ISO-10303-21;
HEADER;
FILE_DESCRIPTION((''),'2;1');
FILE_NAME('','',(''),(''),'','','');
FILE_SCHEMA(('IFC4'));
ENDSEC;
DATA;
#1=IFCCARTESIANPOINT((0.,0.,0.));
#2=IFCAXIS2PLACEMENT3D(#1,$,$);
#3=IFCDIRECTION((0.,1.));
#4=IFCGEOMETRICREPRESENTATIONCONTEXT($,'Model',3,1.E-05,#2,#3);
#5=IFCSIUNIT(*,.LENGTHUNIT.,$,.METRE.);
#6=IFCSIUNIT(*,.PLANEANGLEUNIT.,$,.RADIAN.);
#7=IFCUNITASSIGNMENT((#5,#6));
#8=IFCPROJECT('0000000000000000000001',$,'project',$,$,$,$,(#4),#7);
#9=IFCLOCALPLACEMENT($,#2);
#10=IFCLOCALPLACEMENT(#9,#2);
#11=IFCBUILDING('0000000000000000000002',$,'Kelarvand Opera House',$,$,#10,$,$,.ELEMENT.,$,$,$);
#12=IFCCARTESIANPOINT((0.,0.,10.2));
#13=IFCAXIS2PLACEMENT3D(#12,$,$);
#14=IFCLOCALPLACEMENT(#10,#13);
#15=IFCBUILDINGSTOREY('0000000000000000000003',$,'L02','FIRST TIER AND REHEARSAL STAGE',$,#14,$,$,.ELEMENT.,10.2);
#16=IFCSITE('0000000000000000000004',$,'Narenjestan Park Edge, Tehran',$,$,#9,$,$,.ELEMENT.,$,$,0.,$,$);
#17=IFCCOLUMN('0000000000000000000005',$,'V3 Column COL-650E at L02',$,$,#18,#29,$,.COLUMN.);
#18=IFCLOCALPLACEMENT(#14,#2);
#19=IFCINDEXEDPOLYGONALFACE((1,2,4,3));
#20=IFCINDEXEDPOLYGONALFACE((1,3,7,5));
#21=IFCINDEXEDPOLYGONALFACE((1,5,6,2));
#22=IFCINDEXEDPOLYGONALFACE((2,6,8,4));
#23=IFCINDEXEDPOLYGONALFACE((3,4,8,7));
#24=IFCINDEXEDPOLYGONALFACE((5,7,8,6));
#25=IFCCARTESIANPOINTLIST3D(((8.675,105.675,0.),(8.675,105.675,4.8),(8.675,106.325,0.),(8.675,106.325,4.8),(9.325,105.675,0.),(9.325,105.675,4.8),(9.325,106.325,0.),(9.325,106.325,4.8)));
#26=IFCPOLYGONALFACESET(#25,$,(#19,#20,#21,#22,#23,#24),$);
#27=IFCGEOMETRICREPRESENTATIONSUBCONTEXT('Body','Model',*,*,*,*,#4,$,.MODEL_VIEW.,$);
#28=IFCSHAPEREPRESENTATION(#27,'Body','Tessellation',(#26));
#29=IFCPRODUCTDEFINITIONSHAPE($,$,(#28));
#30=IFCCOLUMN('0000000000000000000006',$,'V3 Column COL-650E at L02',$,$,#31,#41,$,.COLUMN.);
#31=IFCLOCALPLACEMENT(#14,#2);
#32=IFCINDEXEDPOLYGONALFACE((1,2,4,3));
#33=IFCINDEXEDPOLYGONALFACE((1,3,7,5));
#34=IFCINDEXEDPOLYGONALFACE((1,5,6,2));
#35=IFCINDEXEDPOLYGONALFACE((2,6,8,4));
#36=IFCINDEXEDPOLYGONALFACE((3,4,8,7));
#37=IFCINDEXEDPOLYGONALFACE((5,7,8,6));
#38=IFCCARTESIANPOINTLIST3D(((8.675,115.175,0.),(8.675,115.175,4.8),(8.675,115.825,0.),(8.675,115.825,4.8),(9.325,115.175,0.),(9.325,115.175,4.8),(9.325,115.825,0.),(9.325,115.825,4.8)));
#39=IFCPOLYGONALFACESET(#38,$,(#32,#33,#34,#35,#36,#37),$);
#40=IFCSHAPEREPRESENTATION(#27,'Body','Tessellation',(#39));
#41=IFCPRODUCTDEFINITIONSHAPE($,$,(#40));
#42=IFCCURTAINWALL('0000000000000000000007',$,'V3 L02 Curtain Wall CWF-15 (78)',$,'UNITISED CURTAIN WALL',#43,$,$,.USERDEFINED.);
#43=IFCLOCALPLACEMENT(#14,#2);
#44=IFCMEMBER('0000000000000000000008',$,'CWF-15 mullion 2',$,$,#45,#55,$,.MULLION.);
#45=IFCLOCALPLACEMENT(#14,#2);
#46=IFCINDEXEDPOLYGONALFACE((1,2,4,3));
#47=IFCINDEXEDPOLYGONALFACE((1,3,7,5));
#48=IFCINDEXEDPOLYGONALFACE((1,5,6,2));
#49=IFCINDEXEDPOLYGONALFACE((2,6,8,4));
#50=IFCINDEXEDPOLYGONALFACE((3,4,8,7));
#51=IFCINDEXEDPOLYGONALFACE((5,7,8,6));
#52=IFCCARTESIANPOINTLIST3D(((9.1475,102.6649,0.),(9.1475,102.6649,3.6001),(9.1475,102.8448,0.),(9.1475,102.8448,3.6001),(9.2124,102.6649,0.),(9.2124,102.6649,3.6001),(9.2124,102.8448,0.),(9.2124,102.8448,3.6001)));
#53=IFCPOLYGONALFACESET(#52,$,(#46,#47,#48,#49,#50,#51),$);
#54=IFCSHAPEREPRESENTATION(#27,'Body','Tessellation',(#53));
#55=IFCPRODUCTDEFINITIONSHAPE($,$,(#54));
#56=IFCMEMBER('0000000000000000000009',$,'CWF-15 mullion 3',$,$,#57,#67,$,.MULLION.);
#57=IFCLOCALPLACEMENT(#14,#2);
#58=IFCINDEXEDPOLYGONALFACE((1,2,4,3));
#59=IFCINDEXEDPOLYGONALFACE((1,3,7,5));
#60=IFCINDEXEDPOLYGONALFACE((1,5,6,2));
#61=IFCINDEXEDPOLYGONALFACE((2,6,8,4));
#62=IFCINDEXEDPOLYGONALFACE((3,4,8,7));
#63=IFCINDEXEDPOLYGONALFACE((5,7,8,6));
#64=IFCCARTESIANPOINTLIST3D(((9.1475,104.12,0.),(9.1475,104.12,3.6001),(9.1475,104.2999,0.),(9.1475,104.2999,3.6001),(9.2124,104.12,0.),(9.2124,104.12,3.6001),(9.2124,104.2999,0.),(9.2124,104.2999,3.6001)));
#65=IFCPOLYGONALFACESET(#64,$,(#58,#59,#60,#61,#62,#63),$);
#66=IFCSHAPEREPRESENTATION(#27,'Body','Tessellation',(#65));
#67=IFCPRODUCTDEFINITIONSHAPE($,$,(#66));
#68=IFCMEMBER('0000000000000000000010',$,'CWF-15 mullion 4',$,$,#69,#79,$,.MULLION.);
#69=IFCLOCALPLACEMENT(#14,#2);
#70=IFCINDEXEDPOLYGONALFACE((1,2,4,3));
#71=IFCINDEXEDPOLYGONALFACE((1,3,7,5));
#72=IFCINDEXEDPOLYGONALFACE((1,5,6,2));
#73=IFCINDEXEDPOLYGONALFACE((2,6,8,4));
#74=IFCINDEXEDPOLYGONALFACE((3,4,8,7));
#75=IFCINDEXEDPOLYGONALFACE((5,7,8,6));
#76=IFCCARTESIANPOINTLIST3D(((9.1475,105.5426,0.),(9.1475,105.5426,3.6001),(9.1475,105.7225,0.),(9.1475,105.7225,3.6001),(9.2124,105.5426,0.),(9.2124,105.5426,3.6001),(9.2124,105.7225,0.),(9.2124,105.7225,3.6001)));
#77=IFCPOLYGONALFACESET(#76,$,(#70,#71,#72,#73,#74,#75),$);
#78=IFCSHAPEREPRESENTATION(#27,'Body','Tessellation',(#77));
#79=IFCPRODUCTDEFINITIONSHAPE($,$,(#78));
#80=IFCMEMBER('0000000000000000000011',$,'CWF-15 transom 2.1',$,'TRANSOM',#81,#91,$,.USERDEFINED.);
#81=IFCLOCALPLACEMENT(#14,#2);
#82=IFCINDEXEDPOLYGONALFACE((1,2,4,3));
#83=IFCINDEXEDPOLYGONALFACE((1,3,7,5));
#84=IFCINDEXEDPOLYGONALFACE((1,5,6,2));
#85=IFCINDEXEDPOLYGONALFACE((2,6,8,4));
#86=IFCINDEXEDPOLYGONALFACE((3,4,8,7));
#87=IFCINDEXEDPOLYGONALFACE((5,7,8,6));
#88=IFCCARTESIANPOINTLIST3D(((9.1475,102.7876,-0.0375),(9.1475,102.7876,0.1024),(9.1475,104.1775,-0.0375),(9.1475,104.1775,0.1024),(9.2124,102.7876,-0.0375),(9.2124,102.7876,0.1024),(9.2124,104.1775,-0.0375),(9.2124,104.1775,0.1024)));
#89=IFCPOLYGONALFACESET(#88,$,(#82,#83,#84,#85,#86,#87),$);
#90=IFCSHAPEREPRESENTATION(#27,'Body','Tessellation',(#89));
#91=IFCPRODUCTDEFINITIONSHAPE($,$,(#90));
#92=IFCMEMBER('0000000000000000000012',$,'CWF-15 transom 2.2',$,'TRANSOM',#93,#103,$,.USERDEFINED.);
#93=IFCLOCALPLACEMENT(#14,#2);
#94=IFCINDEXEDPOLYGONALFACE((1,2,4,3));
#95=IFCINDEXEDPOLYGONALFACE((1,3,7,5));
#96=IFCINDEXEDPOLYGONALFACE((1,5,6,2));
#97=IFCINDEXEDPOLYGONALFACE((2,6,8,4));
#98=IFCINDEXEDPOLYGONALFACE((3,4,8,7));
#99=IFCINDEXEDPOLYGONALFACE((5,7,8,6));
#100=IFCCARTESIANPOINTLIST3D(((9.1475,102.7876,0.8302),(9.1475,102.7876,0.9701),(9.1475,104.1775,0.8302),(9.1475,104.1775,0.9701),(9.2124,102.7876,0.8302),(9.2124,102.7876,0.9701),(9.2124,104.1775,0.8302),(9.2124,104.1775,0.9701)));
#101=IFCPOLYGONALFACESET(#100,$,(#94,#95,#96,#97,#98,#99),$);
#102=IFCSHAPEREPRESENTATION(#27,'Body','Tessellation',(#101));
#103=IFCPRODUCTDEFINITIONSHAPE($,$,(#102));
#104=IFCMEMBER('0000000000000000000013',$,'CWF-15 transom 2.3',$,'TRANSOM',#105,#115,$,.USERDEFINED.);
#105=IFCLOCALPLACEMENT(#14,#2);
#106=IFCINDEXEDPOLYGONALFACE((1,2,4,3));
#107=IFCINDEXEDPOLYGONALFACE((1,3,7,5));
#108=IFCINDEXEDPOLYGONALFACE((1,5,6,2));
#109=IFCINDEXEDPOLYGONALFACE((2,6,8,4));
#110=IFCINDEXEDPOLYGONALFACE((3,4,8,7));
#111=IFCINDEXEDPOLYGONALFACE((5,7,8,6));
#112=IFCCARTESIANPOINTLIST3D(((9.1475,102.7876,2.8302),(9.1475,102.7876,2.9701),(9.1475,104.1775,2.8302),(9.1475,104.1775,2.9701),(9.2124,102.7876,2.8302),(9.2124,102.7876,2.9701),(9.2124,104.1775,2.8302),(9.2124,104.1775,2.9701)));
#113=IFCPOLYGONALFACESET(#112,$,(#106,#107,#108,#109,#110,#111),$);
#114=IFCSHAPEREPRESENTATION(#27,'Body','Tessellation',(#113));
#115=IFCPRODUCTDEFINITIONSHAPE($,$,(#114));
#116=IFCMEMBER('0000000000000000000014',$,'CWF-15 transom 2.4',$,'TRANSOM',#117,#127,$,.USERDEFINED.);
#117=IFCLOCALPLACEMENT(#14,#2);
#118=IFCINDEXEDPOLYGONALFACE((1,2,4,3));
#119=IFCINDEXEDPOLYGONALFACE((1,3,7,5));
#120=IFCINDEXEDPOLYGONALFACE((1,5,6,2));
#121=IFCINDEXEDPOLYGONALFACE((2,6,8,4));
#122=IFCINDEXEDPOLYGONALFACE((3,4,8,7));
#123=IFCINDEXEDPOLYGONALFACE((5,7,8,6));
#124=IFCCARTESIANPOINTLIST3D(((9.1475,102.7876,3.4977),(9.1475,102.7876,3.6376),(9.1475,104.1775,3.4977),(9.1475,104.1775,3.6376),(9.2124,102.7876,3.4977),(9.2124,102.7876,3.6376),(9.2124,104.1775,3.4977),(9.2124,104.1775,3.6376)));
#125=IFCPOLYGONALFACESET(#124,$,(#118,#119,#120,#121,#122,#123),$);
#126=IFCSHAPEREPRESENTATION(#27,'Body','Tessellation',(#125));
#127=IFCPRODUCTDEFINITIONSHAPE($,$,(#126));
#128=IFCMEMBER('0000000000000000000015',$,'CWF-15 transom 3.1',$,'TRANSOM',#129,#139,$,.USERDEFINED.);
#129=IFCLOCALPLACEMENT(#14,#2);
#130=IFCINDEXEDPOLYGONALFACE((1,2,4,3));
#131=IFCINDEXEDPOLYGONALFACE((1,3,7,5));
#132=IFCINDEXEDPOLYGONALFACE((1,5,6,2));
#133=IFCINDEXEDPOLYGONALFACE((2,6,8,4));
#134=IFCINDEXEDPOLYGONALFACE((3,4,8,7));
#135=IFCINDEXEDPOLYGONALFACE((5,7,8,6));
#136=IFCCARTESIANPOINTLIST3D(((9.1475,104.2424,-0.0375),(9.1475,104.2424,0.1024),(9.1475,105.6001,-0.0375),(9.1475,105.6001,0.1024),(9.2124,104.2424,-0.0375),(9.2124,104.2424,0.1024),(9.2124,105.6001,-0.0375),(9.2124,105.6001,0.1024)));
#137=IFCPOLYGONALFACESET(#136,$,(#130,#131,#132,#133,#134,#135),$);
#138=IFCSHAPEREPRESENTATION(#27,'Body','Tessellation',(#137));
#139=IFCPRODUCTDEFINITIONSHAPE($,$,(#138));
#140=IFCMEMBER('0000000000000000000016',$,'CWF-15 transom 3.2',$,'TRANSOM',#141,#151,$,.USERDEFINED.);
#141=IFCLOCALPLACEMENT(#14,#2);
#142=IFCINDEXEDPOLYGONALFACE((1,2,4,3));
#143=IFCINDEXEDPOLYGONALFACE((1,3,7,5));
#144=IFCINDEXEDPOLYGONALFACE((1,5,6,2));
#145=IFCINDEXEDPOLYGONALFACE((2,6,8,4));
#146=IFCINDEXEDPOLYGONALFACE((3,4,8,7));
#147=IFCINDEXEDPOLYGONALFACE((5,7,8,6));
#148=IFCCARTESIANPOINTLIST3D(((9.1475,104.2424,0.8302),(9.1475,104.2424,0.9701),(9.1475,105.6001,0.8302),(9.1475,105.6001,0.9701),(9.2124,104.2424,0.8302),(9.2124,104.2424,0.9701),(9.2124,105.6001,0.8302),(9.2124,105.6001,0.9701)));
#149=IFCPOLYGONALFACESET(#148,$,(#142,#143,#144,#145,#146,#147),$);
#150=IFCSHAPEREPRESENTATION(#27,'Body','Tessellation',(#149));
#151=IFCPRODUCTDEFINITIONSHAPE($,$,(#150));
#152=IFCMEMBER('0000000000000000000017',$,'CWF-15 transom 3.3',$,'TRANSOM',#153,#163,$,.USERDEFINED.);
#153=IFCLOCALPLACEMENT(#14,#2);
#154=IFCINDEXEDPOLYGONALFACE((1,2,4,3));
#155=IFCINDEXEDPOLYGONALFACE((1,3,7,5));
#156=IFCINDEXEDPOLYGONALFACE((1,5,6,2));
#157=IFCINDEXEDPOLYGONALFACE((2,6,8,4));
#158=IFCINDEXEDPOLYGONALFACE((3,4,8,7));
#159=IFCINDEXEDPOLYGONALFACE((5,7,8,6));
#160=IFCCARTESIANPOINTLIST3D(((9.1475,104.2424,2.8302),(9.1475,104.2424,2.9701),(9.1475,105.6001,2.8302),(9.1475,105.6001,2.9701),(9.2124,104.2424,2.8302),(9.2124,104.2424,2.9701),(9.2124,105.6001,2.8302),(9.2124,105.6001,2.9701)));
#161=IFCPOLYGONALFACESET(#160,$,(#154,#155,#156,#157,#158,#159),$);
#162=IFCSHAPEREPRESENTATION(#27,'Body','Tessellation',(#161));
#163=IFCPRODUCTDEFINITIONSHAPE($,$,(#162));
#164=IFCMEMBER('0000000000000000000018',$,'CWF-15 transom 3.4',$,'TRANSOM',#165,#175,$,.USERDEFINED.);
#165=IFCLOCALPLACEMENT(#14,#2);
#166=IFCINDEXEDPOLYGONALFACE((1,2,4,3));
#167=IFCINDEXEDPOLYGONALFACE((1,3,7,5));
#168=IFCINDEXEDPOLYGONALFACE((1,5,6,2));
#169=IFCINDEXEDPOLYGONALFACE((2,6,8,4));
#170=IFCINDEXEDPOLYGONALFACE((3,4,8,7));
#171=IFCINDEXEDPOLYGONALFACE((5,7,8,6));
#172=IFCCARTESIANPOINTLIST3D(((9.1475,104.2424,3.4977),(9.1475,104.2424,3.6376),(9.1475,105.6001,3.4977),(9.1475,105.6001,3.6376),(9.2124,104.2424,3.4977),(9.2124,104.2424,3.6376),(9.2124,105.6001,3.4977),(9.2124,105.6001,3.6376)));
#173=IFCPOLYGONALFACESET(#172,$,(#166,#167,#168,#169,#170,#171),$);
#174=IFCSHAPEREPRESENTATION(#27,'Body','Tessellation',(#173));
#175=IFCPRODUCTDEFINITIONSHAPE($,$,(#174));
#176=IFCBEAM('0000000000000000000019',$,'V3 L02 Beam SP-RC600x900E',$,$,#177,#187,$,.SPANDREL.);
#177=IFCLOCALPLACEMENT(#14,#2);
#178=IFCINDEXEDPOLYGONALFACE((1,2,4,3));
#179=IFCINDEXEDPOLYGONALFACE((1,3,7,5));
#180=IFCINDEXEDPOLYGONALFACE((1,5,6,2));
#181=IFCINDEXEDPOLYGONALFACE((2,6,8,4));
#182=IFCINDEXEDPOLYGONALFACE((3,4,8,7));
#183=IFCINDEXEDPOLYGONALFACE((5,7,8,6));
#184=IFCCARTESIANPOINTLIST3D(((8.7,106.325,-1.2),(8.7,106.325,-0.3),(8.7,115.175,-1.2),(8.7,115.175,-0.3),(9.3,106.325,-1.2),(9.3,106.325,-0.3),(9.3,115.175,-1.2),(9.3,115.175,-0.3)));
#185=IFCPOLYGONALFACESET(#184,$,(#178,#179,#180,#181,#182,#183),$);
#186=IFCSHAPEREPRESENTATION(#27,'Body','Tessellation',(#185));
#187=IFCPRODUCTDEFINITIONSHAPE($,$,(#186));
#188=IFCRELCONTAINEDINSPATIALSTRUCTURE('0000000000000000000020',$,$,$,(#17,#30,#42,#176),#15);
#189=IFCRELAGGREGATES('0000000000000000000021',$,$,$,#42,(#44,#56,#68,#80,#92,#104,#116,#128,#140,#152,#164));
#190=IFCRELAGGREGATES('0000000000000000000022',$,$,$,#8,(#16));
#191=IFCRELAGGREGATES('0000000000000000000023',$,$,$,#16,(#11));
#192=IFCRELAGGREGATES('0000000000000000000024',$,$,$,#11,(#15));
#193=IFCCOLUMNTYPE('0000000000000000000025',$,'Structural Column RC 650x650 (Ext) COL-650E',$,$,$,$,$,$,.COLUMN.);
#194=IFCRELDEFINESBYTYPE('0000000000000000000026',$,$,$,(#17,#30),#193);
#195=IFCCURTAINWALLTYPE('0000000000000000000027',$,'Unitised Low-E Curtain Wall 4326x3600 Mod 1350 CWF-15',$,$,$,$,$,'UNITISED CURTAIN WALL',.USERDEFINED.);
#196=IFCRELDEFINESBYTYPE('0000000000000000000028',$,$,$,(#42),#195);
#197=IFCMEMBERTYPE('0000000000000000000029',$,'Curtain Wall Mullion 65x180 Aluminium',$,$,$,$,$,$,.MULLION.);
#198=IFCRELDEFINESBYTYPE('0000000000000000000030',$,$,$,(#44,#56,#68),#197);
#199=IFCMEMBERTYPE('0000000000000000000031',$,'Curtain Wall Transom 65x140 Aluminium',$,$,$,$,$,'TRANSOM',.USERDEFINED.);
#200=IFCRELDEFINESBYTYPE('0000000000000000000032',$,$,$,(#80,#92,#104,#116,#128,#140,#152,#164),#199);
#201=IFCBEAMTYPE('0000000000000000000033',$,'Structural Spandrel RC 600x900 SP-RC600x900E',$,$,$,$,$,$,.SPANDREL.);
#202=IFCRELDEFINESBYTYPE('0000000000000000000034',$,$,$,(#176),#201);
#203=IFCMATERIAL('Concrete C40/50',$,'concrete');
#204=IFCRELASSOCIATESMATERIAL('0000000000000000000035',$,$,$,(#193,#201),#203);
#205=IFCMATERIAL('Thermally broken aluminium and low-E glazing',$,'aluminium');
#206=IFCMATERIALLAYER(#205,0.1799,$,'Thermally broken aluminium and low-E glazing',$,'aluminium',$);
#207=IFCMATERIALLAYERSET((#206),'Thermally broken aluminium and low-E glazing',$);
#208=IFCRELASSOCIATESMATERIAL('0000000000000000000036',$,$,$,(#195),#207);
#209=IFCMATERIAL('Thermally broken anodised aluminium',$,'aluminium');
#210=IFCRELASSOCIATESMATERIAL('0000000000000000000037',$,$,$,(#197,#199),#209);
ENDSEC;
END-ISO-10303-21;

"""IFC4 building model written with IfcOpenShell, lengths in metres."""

from ifc_helpers import new_model, si_unit, direction, frame, origin, origin_2d, place, context, subcontext, project, spatial, rectangle, extrude, material, layer, layer_set, material_profile, profile_set, type_object, element, aggregate, save


model = new_model("IFC4")

# Units and contexts
model_context = context("Model", 3, precision=1e-05, world=origin(), true_north=direction((0.0, 1.0)))
body_context = subcontext(model_context, "Body", "Model", "MODEL_VIEW")
ifc_project = project(units=[si_unit("LENGTHUNIT", "METRE"), si_unit("PLANEANGLEUNIT", "RADIAN")], contexts=[model_context])

# Site, building, storey
site_placement = place(None, origin())
site = spatial("IfcSite", under=ifc_project, at=site_placement, Name="Narenjestan Park Edge, Tehran", CompositionType="ELEMENT", RefElevation=0.0)
building_placement = place(site_placement, origin())
building = spatial("IfcBuilding", under=site, at=building_placement, Name="Kelarvand Opera House", CompositionType="ELEMENT")
storey_placement = place(building_placement, frame((0.0, 0.0, 10.2)))
storey = spatial("IfcBuildingStorey", under=building, at=storey_placement, Name="L02", Description="FIRST TIER AND REHEARSAL STAGE", CompositionType="ELEMENT", Elevation=10.2)

# Columns
ifc_material_1 = material(Name="Concrete C40/50", Category="concrete")
ifc_material_profile_1 = material_profile(ifc_material_1, rectangle(XDim=0.6499, YDim=0.6499, at=origin_2d()), Name="RC 650x650", Category="concrete")
ifc_profile_set_1 = profile_set([ifc_material_profile_1], Name="Concrete C40/50")
column_type = type_object("IfcColumnType", Name="Structural Column RC 650x650 (Ext) COL-650E", PredefinedType="COLUMN", material=ifc_profile_set_1)
for number, where, z_axis, x_axis, name in (
    (1, (9.0, 106.0, 0.0), (0.0, 0.0, 1.0), (1.0, 0.0, 0.0), "V3 Column COL-650E at L02"),
    (2, (9.0, 115.5, 0.0), (0.0, 0.0, 1.0), (1.0, 0.0, 0.0), "V3 Column COL-650E at L02"),
):
    element("IfcColumn", number, at=place(storey_placement, frame(where, z_axis=z_axis, x_axis=x_axis)), inside=storey, type_object=column_type, Name=name, PredefinedType="COLUMN", context=body_context, shape_type="SweptSolid", body=[
        extrude(rectangle(XDim=0.6499, YDim=0.6499, at=origin_2d()), origin(), (0.0, 0.0, 1.0), 4.8),
    ])

# Curtain wall, members
ifc_material_2 = material(Name="Thermally broken aluminium and low-E glazing", Category="aluminium")
ifc_layer_1 = layer(ifc_material_2, 0.1799, Name="Thermally broken aluminium and low-E glazing", Category="aluminium")
ifc_layer_set_1 = layer_set([ifc_layer_1], Name="Thermally broken aluminium and low-E glazing")
curtain_wall_type = type_object("IfcCurtainWallType", Name="Unitised Low-E Curtain Wall 4326x3600 Mod 1350 CWF-15", ElementType="UNITISED CURTAIN WALL", PredefinedType="USERDEFINED", material=ifc_layer_set_1)
curtain_wall_placement = place(storey_placement, origin())
curtain_wall = element("IfcCurtainWall", 3, at=curtain_wall_placement, inside=storey, type_object=curtain_wall_type, Name="V3 L02 Curtain Wall CWF-15 (78)", ObjectType="UNITISED CURTAIN WALL", PredefinedType="USERDEFINED")
ifc_material_3 = material(Name="Thermally broken anodised aluminium", Category="aluminium")
ifc_material_profile_2 = material_profile(ifc_material_3, rectangle(XDim=0.0649, YDim=0.1799, at=origin_2d()), Name="ALU MULLION 65x180", Category="aluminium")
ifc_profile_set_2 = profile_set([ifc_material_profile_2], Name="Thermally broken anodised aluminium")
member_type_1 = type_object("IfcMemberType", Name="Curtain Wall Mullion 65x180 Aluminium", PredefinedType="MULLION", material=ifc_profile_set_2)
member_1_placement = place(storey_placement, frame((9.1799, 102.7549, 0.0), z_axis=(0.0, 0.0, 1.0), x_axis=(-1.0, 0.0, 0.0)))
member_1 = element("IfcMember", 4, at=member_1_placement, type_object=member_type_1, Name="CWF-15 mullion 2", PredefinedType="MULLION", context=body_context, shape_type="SweptSolid", body=[
    extrude(rectangle(XDim=0.0649, YDim=0.1799, at=origin_2d()), origin(), (0.0, 0.0, 1.0), 3.6001),
])
member_2_placement = place(storey_placement, frame((9.1799, 104.21, 0.0), z_axis=(0.0, 0.0, 1.0), x_axis=(-1.0, 0.0, 0.0)))
member_2 = element("IfcMember", 5, at=member_2_placement, type_object=member_type_1, Name="CWF-15 mullion 3", PredefinedType="MULLION", context=body_context, shape_type="SweptSolid", body=[
    extrude(rectangle(XDim=0.0649, YDim=0.1799, at=origin_2d()), origin(), (0.0, 0.0, 1.0), 3.6001),
])
member_3_placement = place(storey_placement, frame((9.1799, 105.6326, 0.0), z_axis=(0.0, 0.0, 1.0), x_axis=(-1.0, 0.0, 0.0)))
member_3 = element("IfcMember", 6, at=member_3_placement, type_object=member_type_1, Name="CWF-15 mullion 4", PredefinedType="MULLION", context=body_context, shape_type="SweptSolid", body=[
    extrude(rectangle(XDim=0.0649, YDim=0.1799, at=origin_2d()), origin(), (0.0, 0.0, 1.0), 3.6001),
])
ifc_material_profile_3 = material_profile(ifc_material_3, rectangle(XDim=0.0649, YDim=0.1399, at=origin_2d()), Name="ALU TRANSOM 65x140", Category="aluminium")
ifc_profile_set_3 = profile_set([ifc_material_profile_3], Name="Thermally broken anodised aluminium")
member_type_2 = type_object("IfcMemberType", Name="Curtain Wall Transom 65x140 Aluminium", ElementType="TRANSOM", PredefinedType="USERDEFINED", material=ifc_profile_set_3)
member_4_placement = place(storey_placement, frame((9.1799, 102.7876, 0.0325), z_axis=(0.0, 1.0, 0.0), x_axis=(-1.0, 0.0, 0.0)))
member_4 = element("IfcMember", 7, at=member_4_placement, type_object=member_type_2, Name="CWF-15 transom 2.1", ObjectType="TRANSOM", PredefinedType="USERDEFINED", context=body_context, shape_type="SweptSolid", body=[
    extrude(rectangle(XDim=0.0649, YDim=0.1399, at=origin_2d()), origin(), (0.0, 0.0, 1.0), 1.3899),
])
member_5_placement = place(storey_placement, frame((9.1799, 102.7876, 0.9001), z_axis=(0.0, 1.0, 0.0), x_axis=(-1.0, 0.0, 0.0)))
member_5 = element("IfcMember", 8, at=member_5_placement, type_object=member_type_2, Name="CWF-15 transom 2.2", ObjectType="TRANSOM", PredefinedType="USERDEFINED", context=body_context, shape_type="SweptSolid", body=[
    extrude(rectangle(XDim=0.0649, YDim=0.1399, at=origin_2d()), origin(), (0.0, 0.0, 1.0), 1.3899),
])
member_6_placement = place(storey_placement, frame((9.1799, 102.7876, 2.9001), z_axis=(0.0, 1.0, 0.0), x_axis=(-1.0, 0.0, 0.0)))
member_6 = element("IfcMember", 9, at=member_6_placement, type_object=member_type_2, Name="CWF-15 transom 2.3", ObjectType="TRANSOM", PredefinedType="USERDEFINED", context=body_context, shape_type="SweptSolid", body=[
    extrude(rectangle(XDim=0.0649, YDim=0.1399, at=origin_2d()), origin(), (0.0, 0.0, 1.0), 1.3899),
])
member_7_placement = place(storey_placement, frame((9.1799, 102.7876, 3.5676), z_axis=(0.0, 1.0, 0.0), x_axis=(-1.0, 0.0, 0.0)))
member_7 = element("IfcMember", 10, at=member_7_placement, type_object=member_type_2, Name="CWF-15 transom 2.4", ObjectType="TRANSOM", PredefinedType="USERDEFINED", context=body_context, shape_type="SweptSolid", body=[
    extrude(rectangle(XDim=0.0649, YDim=0.1399, at=origin_2d()), origin(), (0.0, 0.0, 1.0), 1.3899),
])
member_8_placement = place(storey_placement, frame((9.1799, 104.2424, 0.0325), z_axis=(0.0, 1.0, 0.0), x_axis=(-1.0, 0.0, 0.0)))
member_8 = element("IfcMember", 11, at=member_8_placement, type_object=member_type_2, Name="CWF-15 transom 3.1", ObjectType="TRANSOM", PredefinedType="USERDEFINED", context=body_context, shape_type="SweptSolid", body=[
    extrude(rectangle(XDim=0.0649, YDim=0.1399, at=origin_2d()), origin(), (0.0, 0.0, 1.0), 1.3577),
])
member_9_placement = place(storey_placement, frame((9.1799, 104.2424, 0.9001), z_axis=(0.0, 1.0, 0.0), x_axis=(-1.0, 0.0, 0.0)))
member_9 = element("IfcMember", 12, at=member_9_placement, type_object=member_type_2, Name="CWF-15 transom 3.2", ObjectType="TRANSOM", PredefinedType="USERDEFINED", context=body_context, shape_type="SweptSolid", body=[
    extrude(rectangle(XDim=0.0649, YDim=0.1399, at=origin_2d()), origin(), (0.0, 0.0, 1.0), 1.3577),
])
member_10_placement = place(storey_placement, frame((9.1799, 104.2424, 2.9001), z_axis=(0.0, 1.0, 0.0), x_axis=(-1.0, 0.0, 0.0)))
member_10 = element("IfcMember", 13, at=member_10_placement, type_object=member_type_2, Name="CWF-15 transom 3.3", ObjectType="TRANSOM", PredefinedType="USERDEFINED", context=body_context, shape_type="SweptSolid", body=[
    extrude(rectangle(XDim=0.0649, YDim=0.1399, at=origin_2d()), origin(), (0.0, 0.0, 1.0), 1.3577),
])
member_11_placement = place(storey_placement, frame((9.1799, 104.2424, 3.5676), z_axis=(0.0, 1.0, 0.0), x_axis=(-1.0, 0.0, 0.0)))
member_11 = element("IfcMember", 14, at=member_11_placement, type_object=member_type_2, Name="CWF-15 transom 3.4", ObjectType="TRANSOM", PredefinedType="USERDEFINED", context=body_context, shape_type="SweptSolid", body=[
    extrude(rectangle(XDim=0.0649, YDim=0.1399, at=origin_2d()), origin(), (0.0, 0.0, 1.0), 1.3577),
])

# Beam
ifc_material_profile_4 = material_profile(ifc_material_1, rectangle(XDim=0.6001, YDim=0.8999, at=origin_2d()), Name="RC 600x900", Category="concrete")
ifc_profile_set_4 = profile_set([ifc_material_profile_4], Name="Concrete C40/50")
beam_type = type_object("IfcBeamType", Name="Structural Spandrel RC 600x900 SP-RC600x900E", PredefinedType="SPANDREL", material=ifc_profile_set_4)
beam_placement = place(storey_placement, frame((9.0, 106.325, -0.75), z_axis=(0.0, 1.0, 0.0), x_axis=(-1.0, 0.0, 0.0)))
element("IfcBeam", 15, at=beam_placement, inside=storey, type_object=beam_type, Name="V3 L02 Beam SP-RC600x900E", PredefinedType="SPANDREL", context=body_context, shape_type="SweptSolid", body=[
    extrude(rectangle(XDim=0.6001, YDim=0.8999, at=origin_2d()), origin(), (0.0, 0.0, 1.0), 8.8501),
])

aggregate(curtain_wall, [member_1, member_2, member_3, member_4, member_5, member_6, member_7, member_8, member_9, member_10, member_11])

save(model, "model.ifc")
